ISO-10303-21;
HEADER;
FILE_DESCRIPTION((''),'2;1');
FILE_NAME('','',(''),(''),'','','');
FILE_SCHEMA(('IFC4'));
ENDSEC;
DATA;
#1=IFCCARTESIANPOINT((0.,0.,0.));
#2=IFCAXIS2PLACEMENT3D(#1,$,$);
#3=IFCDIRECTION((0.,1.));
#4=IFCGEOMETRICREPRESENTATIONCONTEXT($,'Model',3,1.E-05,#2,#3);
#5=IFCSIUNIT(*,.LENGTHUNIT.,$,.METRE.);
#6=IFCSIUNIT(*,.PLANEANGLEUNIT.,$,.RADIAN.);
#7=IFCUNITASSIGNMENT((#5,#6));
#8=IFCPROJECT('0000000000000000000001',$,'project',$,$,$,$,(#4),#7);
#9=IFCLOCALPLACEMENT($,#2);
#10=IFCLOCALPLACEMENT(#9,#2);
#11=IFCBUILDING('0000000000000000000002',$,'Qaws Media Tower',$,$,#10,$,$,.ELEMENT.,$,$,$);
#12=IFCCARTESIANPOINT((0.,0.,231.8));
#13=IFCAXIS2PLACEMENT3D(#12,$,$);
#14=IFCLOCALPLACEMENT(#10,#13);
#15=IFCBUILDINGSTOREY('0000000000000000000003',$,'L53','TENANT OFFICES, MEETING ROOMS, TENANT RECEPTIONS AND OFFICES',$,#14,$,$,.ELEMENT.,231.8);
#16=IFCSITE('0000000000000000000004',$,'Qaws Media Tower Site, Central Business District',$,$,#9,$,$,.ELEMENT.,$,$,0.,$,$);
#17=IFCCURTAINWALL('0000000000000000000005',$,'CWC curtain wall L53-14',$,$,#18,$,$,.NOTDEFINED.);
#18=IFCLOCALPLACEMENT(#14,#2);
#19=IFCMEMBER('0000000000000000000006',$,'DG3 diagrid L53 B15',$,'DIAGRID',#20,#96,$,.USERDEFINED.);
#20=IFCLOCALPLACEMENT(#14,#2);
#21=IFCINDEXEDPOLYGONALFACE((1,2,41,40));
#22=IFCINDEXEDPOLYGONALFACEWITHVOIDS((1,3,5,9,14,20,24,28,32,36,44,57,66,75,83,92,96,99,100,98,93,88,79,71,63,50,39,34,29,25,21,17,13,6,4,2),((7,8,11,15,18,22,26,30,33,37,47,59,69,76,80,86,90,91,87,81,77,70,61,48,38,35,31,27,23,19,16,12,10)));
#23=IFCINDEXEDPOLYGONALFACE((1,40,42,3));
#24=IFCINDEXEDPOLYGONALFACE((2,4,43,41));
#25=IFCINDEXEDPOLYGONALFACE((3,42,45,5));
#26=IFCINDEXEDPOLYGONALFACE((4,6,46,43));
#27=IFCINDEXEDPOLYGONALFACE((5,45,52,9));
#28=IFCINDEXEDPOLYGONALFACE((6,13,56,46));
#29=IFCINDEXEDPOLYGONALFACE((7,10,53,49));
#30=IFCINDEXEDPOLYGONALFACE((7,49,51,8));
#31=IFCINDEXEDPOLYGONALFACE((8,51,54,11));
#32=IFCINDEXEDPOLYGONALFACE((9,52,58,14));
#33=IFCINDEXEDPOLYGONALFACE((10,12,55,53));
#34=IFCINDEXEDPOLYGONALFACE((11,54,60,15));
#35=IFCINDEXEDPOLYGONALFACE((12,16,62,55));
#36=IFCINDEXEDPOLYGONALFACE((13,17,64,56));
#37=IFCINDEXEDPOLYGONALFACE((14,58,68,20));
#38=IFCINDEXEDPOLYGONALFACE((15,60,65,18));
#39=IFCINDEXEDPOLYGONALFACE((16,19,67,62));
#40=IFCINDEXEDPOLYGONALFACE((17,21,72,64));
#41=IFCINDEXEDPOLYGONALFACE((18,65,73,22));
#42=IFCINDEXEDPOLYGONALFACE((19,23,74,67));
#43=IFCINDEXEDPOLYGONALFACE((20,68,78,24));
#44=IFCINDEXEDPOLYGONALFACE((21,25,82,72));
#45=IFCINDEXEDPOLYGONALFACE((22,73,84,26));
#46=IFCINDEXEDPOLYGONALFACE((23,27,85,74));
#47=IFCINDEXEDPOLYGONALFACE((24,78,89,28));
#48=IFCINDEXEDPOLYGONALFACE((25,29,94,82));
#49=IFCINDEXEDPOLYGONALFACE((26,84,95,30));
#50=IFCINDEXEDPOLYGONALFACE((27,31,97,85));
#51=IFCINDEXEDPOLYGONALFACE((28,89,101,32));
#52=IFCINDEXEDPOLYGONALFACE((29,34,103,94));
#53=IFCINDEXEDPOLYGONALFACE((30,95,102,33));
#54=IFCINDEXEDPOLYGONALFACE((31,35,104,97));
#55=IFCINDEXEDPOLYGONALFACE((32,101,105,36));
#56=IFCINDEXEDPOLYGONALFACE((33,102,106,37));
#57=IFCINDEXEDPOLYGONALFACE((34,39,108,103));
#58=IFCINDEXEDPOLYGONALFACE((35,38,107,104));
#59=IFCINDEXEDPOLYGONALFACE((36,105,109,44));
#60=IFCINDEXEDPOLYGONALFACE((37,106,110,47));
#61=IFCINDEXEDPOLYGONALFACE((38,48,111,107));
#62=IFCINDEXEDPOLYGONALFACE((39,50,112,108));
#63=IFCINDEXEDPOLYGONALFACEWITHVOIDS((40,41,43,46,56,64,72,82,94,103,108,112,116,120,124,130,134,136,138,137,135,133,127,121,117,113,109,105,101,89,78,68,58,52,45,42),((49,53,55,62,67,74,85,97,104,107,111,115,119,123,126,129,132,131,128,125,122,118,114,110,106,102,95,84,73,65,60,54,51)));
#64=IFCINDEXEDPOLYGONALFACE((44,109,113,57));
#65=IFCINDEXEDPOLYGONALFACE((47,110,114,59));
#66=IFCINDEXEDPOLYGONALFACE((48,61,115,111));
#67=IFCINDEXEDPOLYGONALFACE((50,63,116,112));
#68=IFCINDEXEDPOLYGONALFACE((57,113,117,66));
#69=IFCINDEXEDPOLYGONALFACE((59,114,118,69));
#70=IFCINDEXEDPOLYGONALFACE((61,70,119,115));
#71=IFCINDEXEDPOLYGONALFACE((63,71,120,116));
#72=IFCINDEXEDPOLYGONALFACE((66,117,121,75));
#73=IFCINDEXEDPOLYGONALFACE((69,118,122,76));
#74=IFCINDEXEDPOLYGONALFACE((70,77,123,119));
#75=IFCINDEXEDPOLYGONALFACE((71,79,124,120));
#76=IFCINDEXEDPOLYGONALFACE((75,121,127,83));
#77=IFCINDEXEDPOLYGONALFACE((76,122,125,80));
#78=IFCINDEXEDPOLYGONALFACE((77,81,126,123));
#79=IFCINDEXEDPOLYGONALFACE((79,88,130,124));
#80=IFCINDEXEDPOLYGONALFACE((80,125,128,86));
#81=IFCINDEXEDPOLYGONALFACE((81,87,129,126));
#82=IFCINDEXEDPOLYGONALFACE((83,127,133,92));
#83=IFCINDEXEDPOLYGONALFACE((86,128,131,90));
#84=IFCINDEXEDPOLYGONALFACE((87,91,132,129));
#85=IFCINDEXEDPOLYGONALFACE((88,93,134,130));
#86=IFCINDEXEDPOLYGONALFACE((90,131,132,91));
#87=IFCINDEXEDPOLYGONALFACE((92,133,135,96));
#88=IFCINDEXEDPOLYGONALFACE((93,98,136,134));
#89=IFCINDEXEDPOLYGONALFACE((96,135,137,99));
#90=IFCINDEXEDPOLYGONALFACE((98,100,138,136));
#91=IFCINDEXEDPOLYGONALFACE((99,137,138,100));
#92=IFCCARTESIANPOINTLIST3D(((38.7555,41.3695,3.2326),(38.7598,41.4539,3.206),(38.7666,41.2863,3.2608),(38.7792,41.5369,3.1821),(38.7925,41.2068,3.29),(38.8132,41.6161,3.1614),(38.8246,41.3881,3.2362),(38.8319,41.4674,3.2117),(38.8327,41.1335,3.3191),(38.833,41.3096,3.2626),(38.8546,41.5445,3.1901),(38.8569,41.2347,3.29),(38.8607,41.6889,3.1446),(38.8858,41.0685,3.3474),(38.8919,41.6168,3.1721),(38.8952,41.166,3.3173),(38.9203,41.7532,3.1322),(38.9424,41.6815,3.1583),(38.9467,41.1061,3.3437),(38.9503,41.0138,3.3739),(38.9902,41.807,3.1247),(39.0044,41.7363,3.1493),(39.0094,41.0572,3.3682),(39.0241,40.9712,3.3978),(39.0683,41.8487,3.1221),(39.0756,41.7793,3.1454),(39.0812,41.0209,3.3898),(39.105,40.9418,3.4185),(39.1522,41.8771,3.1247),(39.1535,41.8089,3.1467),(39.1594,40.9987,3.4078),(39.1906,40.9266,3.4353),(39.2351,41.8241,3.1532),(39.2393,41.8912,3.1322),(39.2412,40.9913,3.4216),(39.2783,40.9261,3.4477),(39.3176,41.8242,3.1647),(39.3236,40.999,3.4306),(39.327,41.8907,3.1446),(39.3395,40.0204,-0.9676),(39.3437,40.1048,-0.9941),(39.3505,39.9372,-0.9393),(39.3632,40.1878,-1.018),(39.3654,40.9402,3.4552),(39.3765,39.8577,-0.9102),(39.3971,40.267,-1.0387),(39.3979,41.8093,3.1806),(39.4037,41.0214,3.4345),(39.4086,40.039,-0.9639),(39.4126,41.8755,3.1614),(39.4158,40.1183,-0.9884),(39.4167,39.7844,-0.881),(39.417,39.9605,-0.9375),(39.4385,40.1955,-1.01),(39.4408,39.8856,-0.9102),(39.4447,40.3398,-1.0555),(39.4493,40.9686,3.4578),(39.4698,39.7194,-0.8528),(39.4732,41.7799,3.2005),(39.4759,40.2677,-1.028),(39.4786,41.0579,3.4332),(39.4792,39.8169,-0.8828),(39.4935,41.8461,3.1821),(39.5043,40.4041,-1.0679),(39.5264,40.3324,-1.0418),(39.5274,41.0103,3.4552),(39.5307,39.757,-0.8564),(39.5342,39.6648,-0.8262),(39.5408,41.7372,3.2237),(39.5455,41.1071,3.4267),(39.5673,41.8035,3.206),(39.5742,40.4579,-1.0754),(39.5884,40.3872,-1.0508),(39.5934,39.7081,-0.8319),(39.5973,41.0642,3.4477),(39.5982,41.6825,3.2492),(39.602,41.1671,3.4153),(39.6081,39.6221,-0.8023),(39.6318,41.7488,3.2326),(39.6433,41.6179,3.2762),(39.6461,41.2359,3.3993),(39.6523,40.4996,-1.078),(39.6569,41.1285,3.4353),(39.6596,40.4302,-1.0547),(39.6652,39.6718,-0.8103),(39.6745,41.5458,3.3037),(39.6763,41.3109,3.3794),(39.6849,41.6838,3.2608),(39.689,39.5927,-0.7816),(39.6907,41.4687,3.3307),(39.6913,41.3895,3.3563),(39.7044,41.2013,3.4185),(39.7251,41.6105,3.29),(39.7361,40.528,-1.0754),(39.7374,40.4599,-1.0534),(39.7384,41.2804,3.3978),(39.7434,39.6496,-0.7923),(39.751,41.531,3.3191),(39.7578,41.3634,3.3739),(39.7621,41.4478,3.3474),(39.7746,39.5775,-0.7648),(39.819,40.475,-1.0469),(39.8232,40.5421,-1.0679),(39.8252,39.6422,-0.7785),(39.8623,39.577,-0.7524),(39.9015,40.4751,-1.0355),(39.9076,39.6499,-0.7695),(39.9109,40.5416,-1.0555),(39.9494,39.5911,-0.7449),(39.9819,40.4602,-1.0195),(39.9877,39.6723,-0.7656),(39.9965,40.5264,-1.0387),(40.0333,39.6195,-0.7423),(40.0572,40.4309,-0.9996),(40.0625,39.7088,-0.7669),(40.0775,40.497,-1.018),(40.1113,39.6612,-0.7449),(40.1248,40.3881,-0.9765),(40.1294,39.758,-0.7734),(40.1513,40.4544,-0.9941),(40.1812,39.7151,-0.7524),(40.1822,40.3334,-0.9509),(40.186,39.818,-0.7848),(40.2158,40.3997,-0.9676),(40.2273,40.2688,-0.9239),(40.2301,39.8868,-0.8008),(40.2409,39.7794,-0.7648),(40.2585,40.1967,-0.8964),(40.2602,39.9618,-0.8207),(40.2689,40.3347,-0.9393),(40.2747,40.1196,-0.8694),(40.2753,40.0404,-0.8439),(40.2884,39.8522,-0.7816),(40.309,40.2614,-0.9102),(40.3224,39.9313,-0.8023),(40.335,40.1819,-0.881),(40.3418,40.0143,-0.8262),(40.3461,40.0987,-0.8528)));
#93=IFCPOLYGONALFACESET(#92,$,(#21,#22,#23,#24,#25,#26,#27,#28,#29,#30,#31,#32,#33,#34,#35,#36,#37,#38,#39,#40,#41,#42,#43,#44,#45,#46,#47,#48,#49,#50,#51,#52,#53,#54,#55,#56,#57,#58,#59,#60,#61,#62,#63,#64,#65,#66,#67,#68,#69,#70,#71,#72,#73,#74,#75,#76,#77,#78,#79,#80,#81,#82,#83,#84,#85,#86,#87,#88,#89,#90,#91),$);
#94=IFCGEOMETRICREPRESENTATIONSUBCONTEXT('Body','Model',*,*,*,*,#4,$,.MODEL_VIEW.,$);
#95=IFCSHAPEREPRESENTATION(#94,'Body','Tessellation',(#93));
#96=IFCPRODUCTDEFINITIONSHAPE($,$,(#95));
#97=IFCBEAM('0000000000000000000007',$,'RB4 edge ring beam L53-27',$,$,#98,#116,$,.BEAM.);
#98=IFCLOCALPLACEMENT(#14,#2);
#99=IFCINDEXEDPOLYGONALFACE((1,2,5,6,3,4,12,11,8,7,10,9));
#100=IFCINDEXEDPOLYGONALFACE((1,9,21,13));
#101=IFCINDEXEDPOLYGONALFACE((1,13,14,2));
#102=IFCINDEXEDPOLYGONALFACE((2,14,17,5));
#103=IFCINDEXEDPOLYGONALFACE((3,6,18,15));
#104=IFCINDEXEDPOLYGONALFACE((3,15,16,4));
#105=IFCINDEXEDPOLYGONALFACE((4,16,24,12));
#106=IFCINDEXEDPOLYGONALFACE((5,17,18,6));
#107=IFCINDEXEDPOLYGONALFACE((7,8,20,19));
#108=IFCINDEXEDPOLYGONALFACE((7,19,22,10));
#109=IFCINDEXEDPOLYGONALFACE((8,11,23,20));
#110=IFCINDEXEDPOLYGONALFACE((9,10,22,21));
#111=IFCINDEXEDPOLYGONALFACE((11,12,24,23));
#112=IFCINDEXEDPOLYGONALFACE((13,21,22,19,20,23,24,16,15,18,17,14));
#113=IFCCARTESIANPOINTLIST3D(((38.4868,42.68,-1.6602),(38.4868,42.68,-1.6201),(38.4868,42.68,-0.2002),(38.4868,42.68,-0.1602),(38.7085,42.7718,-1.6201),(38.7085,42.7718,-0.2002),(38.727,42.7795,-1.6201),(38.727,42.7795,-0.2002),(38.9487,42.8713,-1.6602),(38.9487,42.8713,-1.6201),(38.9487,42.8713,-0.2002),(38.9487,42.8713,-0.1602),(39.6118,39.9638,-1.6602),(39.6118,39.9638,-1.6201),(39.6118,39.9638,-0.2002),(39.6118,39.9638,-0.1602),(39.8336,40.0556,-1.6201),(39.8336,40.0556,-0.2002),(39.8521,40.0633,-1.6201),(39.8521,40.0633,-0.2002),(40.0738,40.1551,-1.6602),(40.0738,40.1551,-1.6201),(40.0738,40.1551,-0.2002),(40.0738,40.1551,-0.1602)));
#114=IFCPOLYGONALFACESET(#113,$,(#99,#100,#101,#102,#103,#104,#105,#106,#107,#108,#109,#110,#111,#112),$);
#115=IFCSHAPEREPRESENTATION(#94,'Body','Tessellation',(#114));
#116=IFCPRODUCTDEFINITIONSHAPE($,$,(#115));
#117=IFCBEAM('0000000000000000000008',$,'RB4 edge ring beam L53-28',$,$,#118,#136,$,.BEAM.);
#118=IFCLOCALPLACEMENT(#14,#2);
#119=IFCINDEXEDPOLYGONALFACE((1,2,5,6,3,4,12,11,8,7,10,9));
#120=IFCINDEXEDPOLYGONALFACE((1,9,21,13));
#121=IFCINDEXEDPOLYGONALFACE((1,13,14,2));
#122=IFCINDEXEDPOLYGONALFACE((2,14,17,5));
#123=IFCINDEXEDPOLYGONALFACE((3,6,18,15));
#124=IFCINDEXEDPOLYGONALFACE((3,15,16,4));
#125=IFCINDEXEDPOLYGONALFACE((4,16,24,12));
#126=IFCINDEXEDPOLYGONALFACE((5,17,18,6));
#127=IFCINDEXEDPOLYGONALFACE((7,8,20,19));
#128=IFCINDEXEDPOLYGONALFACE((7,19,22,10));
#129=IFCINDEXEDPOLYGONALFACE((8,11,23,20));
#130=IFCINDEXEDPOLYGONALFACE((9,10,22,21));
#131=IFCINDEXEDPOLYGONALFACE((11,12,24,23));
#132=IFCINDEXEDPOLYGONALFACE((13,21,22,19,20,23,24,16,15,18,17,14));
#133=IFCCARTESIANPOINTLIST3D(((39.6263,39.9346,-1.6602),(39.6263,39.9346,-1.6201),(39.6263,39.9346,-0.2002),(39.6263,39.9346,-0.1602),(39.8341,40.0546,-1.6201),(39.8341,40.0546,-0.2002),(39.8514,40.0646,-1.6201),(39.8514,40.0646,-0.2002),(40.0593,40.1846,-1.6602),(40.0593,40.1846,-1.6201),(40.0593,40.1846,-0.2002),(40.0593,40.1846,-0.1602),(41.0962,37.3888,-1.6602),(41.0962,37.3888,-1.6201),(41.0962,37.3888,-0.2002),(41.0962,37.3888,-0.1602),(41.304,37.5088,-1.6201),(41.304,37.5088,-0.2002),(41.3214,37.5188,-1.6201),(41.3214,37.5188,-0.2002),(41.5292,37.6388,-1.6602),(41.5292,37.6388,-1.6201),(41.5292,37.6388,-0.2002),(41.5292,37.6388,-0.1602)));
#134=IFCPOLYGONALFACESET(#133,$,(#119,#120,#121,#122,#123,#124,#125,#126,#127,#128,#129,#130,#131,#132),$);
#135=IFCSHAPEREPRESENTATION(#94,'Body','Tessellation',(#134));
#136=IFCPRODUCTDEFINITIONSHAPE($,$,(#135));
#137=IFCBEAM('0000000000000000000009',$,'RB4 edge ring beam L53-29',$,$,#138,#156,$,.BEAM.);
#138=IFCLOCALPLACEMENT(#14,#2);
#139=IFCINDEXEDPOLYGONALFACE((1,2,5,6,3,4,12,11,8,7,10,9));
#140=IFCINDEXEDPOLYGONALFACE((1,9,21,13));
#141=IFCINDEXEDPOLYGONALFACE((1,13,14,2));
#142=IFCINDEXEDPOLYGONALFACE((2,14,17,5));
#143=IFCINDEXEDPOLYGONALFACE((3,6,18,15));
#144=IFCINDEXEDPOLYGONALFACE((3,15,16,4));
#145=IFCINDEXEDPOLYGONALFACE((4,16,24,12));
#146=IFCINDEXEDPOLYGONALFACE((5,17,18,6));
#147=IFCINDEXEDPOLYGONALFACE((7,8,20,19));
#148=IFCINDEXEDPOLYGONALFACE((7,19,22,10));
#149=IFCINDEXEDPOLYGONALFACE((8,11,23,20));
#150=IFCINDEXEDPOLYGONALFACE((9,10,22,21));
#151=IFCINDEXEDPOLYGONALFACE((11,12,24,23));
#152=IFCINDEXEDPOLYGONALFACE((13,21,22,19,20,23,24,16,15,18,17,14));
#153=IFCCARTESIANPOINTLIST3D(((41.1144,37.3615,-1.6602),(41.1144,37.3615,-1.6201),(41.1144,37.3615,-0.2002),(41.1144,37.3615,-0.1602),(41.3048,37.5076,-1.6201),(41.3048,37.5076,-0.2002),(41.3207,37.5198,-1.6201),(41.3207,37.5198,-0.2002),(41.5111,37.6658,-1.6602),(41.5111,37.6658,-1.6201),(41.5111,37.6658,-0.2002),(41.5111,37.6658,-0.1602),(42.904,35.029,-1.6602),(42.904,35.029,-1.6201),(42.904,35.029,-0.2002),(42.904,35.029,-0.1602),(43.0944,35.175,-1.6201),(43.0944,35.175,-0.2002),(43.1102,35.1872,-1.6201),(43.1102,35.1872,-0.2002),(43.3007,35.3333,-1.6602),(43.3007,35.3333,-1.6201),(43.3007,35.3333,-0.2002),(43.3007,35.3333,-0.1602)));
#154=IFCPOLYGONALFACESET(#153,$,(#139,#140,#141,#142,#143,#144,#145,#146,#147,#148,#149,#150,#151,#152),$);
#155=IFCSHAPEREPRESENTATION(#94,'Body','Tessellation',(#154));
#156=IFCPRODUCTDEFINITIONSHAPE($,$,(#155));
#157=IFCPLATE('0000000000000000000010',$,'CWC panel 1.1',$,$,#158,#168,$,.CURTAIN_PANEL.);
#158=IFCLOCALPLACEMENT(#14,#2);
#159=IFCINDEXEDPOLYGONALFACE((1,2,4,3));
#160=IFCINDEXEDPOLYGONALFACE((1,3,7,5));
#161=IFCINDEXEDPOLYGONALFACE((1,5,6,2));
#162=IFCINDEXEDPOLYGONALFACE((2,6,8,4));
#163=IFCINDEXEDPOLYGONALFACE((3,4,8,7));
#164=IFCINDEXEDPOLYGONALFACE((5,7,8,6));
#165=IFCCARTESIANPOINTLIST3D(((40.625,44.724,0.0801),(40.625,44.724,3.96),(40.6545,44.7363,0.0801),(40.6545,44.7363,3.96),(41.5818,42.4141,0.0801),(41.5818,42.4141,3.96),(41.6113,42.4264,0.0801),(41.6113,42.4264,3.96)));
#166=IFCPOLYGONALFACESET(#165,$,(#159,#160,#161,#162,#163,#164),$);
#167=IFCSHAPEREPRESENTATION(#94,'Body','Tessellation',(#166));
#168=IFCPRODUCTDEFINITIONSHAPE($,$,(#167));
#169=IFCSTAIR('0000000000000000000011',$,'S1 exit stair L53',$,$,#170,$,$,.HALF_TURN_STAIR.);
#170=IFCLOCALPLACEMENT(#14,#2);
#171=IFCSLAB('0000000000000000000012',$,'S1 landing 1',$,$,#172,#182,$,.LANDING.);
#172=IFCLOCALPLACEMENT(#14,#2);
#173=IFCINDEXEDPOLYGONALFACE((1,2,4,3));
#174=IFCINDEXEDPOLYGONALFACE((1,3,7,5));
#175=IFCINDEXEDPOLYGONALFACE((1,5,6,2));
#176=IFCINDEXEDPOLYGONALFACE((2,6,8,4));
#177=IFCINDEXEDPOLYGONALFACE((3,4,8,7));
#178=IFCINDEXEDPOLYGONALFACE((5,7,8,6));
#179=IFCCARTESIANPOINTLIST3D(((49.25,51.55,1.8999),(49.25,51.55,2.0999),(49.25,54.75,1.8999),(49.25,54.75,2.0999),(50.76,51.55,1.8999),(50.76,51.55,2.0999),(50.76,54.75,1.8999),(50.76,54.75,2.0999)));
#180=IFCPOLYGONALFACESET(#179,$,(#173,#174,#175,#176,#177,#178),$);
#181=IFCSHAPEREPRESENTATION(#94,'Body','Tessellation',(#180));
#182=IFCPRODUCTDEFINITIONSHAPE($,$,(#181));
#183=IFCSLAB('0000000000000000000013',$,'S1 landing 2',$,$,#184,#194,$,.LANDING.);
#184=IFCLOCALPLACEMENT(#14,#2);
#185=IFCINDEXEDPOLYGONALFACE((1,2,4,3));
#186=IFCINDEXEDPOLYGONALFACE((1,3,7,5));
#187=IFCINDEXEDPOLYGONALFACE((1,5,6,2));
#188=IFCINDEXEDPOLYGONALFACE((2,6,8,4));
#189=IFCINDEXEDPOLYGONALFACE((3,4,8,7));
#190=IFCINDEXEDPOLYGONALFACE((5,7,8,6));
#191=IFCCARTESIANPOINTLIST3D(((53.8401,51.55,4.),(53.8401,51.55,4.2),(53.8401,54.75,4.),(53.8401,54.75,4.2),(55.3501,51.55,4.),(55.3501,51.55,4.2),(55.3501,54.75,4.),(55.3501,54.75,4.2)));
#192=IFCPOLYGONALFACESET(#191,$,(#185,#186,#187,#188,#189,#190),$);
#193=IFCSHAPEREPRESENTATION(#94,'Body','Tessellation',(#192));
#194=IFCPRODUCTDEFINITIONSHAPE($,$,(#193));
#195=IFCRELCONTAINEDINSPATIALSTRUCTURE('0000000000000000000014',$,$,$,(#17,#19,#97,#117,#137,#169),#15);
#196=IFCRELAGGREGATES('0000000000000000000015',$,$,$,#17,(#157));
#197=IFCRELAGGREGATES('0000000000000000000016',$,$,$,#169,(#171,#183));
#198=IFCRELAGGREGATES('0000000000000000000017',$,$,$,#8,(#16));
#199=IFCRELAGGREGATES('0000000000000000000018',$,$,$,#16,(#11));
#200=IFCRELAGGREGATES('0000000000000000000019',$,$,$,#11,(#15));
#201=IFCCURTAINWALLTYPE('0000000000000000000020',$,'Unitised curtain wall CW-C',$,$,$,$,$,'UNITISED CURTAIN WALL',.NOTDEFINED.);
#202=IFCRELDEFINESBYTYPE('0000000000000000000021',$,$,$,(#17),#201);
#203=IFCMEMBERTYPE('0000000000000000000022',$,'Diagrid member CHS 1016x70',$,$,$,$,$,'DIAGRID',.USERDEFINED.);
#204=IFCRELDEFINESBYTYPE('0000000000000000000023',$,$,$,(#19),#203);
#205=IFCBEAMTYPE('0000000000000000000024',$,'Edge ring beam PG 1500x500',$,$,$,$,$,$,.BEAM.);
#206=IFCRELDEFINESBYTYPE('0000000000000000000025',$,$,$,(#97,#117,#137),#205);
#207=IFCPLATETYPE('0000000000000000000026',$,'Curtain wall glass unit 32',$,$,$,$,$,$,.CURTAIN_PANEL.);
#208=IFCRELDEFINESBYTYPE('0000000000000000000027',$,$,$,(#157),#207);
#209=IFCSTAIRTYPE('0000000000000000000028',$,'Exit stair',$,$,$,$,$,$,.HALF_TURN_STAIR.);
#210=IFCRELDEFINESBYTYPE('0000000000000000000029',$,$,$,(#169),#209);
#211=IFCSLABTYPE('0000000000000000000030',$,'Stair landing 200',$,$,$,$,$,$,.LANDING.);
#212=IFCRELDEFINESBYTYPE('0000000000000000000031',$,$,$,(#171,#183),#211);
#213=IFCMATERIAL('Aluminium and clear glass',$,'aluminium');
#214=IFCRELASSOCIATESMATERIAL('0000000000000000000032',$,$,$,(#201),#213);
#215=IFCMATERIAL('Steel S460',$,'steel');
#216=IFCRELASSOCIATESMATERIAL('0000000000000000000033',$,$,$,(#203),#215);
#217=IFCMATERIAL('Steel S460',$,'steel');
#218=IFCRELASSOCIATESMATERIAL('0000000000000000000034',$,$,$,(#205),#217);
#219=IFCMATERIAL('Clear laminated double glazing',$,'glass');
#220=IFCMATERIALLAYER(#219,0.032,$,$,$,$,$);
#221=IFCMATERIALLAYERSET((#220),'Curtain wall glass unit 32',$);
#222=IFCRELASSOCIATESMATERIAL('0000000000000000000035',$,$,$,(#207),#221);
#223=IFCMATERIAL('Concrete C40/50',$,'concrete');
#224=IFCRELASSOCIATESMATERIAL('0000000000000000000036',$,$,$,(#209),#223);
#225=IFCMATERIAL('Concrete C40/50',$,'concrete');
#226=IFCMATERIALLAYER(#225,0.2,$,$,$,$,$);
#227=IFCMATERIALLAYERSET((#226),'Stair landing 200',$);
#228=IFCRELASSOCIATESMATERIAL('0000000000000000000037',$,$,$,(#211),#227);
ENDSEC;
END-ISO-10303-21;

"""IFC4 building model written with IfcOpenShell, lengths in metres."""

from ifc_helpers import new_model, si_unit, direction, frame, origin, origin_2d, place, context, subcontext, project, spatial, polyline, rectangle, hollow_circle, i_section, outline, extrude, material, layer, layer_set, material_profile, profile_set, type_object, element, aggregate, save


model = new_model("IFC4")

# Units and contexts
model_context = context("Model", 3, precision=1e-05, world=origin(), true_north=direction((0.0, 1.0)))
body_context = subcontext(model_context, "Body", "Model", "MODEL_VIEW")
ifc_project = project(units=[si_unit("LENGTHUNIT", "METRE"), si_unit("PLANEANGLEUNIT", "RADIAN")], contexts=[model_context])

# Site, building, storey
site_placement = place(None, origin())
site = spatial("IfcSite", under=ifc_project, at=site_placement, Name="Qaws Media Tower Site, Central Business District", CompositionType="ELEMENT", RefElevation=0.0)
building_placement = place(site_placement, origin())
building = spatial("IfcBuilding", under=site, at=building_placement, Name="Qaws Media Tower", CompositionType="ELEMENT")
storey_placement = place(building_placement, frame((0.0, 0.0, 231.8)))
storey = spatial("IfcBuildingStorey", under=building, at=storey_placement, Name="L53", Description="TENANT OFFICES, MEETING ROOMS, TENANT RECEPTIONS AND OFFICES", CompositionType="ELEMENT", Elevation=231.8)

# Curtain wall
ifc_material_1 = material(Name="Aluminium and clear glass", Category="aluminium")
curtain_wall_type = type_object("IfcCurtainWallType", Name="Unitised curtain wall CW-C", ElementType="UNITISED CURTAIN WALL", PredefinedType="NOTDEFINED", material=ifc_material_1)
curtain_wall_placement = place(storey_placement, origin())
curtain_wall = element("IfcCurtainWall", 1, at=curtain_wall_placement, inside=storey, type_object=curtain_wall_type, Name="CWC curtain wall L53-14", PredefinedType="NOTDEFINED")

# Member
ifc_material_2 = material(Name="Steel S460", Category="steel")
ifc_material_profile_1 = material_profile(ifc_material_2, hollow_circle(Radius=0.5081, WallThickness=0.0701, at=origin_2d()), Name="CHS 1016x70")
ifc_profile_set_1 = profile_set([ifc_material_profile_1], Name="Steel S460")
member_type_1 = type_object("IfcMemberType", Name="Diagrid member CHS 1016x70", ElementType="DIAGRID", PredefinedType="USERDEFINED", material=ifc_profile_set_1)
member_1_placement = place(storey_placement, frame((39.8428, 40.0596, -0.9102), z_axis=(-0.131231, 0.303171, 0.943857), x_axis=(-0.917713, -0.397244, 0.0)))
element("IfcMember", 2, at=member_1_placement, inside=storey, type_object=member_type_1, Name="DG3 diagrid L53 B15", ObjectType="DIAGRID", PredefinedType="USERDEFINED", context=body_context, shape_type="SweptSolid", body=[
    extrude(hollow_circle(Radius=0.5081, WallThickness=0.0701, at=origin_2d()), origin(), (0.0, 0.0, 1.0), 4.45),
])

# Beams
ifc_material_3 = material(Name="Steel S460", Category="steel")
ifc_material_profile_2 = material_profile(ifc_material_3, i_section(OverallWidth=0.5, OverallDepth=1.5, WebThickness=0.02, FlangeThickness=0.04, at=origin_2d()), Name="PG 1500x500")
ifc_profile_set_2 = profile_set([ifc_material_profile_2], Name="Steel S460")
beam_type = type_object("IfcBeamType", Name="Edge ring beam PG 1500x500", PredefinedType="BEAM", material=ifc_profile_set_2)
beam_1_placement = place(storey_placement, frame((38.7178, 42.7756, -0.9102), z_axis=(0.382675, -0.923883, 0.0), x_axis=(0.923883, 0.382675, 0.0)))
element("IfcBeam", 3, at=beam_1_placement, inside=storey, type_object=beam_type, Name="RB4 edge ring beam L53-27", PredefinedType="BEAM", context=body_context, shape_type="SweptSolid", body=[
    extrude(i_section(OverallWidth=0.5, OverallDepth=1.5, WebThickness=0.02, FlangeThickness=0.04, at=origin_2d()), origin(), (0.0, 0.0, 1.0), 2.9399),
])
beam_2_placement = place(storey_placement, frame((39.8428, 40.0596, -0.9102), z_axis=(0.500024, -0.866011, 0.0), x_axis=(0.866011, 0.500024, 0.0)))
element("IfcBeam", 4, at=beam_2_placement, inside=storey, type_object=beam_type, Name="RB4 edge ring beam L53-28", PredefinedType="BEAM", context=body_context, shape_type="SweptSolid", body=[
    extrude(i_section(OverallWidth=0.5, OverallDepth=1.5, WebThickness=0.02, FlangeThickness=0.04, at=origin_2d()), origin(), (0.0, 0.0, 1.0), 2.9397),
])
beam_3_placement = place(storey_placement, frame((41.3127, 37.5137, -0.9102), z_axis=(0.608707, -0.793395, 0.0), x_axis=(0.793395, 0.608707, 0.0)))
element("IfcBeam", 5, at=beam_3_placement, inside=storey, type_object=beam_type, Name="RB4 edge ring beam L53-29", PredefinedType="BEAM", context=body_context, shape_type="SweptSolid", body=[
    extrude(i_section(OverallWidth=0.5, OverallDepth=1.5, WebThickness=0.02, FlangeThickness=0.04, at=origin_2d()), origin(), (0.0, 0.0, 1.0), 2.9399),
])

# Plate
ifc_material_4 = material(Name="Clear laminated double glazing", Category="glass")
ifc_layer_1 = layer(ifc_material_4, 0.032)
ifc_layer_set_1 = layer_set([ifc_layer_1], Name="Curtain wall glass unit 32")
plate_type = type_object("IfcPlateType", Name="Curtain wall glass unit 32", PredefinedType="CURTAIN_PANEL", material=ifc_layer_set_1)
plate_placement = place(storey_placement, frame((41.1182, 43.5752, 0.0801), z_axis=(0.0, 0.0, 1.0), x_axis=(0.382683, -0.92388, 0.0)))
plate = element("IfcPlate", 6, at=plate_placement, type_object=plate_type, Name="CWC panel 1.1", PredefinedType="CURTAIN_PANEL", context=body_context, shape_type="SweptSolid", body=[
    extrude(rectangle(XDim=2.5002, YDim=0.032, at=origin_2d()), origin(), (0.0, 0.0, 1.0), 3.8799),
])
aggregate(curtain_wall, [plate])

# Stair, slabs
ifc_material_5 = material(Name="Concrete C40/50", Category="concrete")
stair_type = type_object("IfcStairType", Name="Exit stair", PredefinedType="HALF_TURN_STAIR", material=ifc_material_5)
stair_1_placement = place(storey_placement, origin())
stair_1 = element("IfcStair", 7, at=stair_1_placement, inside=storey, type_object=stair_type, Name="S1 exit stair L53", PredefinedType="HALF_TURN_STAIR")
ifc_material_6 = material(Name="Concrete C40/50", Category="concrete")
ifc_layer_2 = layer(ifc_material_6, 0.2)
ifc_layer_set_2 = layer_set([ifc_layer_2], Name="Stair landing 200")
slab_type = type_object("IfcSlabType", Name="Stair landing 200", PredefinedType="LANDING", material=ifc_layer_set_2)
slab_1_placement = place(storey_placement, frame((0.0, 0.0, 1.8999)))
slab_1 = element("IfcSlab", 8, at=slab_1_placement, type_object=slab_type, Name="S1 landing 1", PredefinedType="LANDING", context=body_context, shape_type="SweptSolid", body=[
    extrude(outline(polyline([(49.25, 51.55), (50.76, 51.55), (50.76, 54.75), (49.25, 54.75), (49.25, 51.55)])), origin(), (0.0, 0.0, 1.0), 0.2),
])
slab_2_placement = place(storey_placement, frame((0.0, 0.0, 4.0)))
slab_2 = element("IfcSlab", 9, at=slab_2_placement, type_object=slab_type, Name="S1 landing 2", PredefinedType="LANDING", context=body_context, shape_type="SweptSolid", body=[
    extrude(outline(polyline([(53.8401, 51.55), (55.3501, 51.55), (55.3501, 54.75), (53.8401, 54.75), (53.8401, 51.55)])), origin(), (0.0, 0.0, 1.0), 0.2),
])
aggregate(stair_1, [slab_1, slab_2])

save(model, "model.ifc")
